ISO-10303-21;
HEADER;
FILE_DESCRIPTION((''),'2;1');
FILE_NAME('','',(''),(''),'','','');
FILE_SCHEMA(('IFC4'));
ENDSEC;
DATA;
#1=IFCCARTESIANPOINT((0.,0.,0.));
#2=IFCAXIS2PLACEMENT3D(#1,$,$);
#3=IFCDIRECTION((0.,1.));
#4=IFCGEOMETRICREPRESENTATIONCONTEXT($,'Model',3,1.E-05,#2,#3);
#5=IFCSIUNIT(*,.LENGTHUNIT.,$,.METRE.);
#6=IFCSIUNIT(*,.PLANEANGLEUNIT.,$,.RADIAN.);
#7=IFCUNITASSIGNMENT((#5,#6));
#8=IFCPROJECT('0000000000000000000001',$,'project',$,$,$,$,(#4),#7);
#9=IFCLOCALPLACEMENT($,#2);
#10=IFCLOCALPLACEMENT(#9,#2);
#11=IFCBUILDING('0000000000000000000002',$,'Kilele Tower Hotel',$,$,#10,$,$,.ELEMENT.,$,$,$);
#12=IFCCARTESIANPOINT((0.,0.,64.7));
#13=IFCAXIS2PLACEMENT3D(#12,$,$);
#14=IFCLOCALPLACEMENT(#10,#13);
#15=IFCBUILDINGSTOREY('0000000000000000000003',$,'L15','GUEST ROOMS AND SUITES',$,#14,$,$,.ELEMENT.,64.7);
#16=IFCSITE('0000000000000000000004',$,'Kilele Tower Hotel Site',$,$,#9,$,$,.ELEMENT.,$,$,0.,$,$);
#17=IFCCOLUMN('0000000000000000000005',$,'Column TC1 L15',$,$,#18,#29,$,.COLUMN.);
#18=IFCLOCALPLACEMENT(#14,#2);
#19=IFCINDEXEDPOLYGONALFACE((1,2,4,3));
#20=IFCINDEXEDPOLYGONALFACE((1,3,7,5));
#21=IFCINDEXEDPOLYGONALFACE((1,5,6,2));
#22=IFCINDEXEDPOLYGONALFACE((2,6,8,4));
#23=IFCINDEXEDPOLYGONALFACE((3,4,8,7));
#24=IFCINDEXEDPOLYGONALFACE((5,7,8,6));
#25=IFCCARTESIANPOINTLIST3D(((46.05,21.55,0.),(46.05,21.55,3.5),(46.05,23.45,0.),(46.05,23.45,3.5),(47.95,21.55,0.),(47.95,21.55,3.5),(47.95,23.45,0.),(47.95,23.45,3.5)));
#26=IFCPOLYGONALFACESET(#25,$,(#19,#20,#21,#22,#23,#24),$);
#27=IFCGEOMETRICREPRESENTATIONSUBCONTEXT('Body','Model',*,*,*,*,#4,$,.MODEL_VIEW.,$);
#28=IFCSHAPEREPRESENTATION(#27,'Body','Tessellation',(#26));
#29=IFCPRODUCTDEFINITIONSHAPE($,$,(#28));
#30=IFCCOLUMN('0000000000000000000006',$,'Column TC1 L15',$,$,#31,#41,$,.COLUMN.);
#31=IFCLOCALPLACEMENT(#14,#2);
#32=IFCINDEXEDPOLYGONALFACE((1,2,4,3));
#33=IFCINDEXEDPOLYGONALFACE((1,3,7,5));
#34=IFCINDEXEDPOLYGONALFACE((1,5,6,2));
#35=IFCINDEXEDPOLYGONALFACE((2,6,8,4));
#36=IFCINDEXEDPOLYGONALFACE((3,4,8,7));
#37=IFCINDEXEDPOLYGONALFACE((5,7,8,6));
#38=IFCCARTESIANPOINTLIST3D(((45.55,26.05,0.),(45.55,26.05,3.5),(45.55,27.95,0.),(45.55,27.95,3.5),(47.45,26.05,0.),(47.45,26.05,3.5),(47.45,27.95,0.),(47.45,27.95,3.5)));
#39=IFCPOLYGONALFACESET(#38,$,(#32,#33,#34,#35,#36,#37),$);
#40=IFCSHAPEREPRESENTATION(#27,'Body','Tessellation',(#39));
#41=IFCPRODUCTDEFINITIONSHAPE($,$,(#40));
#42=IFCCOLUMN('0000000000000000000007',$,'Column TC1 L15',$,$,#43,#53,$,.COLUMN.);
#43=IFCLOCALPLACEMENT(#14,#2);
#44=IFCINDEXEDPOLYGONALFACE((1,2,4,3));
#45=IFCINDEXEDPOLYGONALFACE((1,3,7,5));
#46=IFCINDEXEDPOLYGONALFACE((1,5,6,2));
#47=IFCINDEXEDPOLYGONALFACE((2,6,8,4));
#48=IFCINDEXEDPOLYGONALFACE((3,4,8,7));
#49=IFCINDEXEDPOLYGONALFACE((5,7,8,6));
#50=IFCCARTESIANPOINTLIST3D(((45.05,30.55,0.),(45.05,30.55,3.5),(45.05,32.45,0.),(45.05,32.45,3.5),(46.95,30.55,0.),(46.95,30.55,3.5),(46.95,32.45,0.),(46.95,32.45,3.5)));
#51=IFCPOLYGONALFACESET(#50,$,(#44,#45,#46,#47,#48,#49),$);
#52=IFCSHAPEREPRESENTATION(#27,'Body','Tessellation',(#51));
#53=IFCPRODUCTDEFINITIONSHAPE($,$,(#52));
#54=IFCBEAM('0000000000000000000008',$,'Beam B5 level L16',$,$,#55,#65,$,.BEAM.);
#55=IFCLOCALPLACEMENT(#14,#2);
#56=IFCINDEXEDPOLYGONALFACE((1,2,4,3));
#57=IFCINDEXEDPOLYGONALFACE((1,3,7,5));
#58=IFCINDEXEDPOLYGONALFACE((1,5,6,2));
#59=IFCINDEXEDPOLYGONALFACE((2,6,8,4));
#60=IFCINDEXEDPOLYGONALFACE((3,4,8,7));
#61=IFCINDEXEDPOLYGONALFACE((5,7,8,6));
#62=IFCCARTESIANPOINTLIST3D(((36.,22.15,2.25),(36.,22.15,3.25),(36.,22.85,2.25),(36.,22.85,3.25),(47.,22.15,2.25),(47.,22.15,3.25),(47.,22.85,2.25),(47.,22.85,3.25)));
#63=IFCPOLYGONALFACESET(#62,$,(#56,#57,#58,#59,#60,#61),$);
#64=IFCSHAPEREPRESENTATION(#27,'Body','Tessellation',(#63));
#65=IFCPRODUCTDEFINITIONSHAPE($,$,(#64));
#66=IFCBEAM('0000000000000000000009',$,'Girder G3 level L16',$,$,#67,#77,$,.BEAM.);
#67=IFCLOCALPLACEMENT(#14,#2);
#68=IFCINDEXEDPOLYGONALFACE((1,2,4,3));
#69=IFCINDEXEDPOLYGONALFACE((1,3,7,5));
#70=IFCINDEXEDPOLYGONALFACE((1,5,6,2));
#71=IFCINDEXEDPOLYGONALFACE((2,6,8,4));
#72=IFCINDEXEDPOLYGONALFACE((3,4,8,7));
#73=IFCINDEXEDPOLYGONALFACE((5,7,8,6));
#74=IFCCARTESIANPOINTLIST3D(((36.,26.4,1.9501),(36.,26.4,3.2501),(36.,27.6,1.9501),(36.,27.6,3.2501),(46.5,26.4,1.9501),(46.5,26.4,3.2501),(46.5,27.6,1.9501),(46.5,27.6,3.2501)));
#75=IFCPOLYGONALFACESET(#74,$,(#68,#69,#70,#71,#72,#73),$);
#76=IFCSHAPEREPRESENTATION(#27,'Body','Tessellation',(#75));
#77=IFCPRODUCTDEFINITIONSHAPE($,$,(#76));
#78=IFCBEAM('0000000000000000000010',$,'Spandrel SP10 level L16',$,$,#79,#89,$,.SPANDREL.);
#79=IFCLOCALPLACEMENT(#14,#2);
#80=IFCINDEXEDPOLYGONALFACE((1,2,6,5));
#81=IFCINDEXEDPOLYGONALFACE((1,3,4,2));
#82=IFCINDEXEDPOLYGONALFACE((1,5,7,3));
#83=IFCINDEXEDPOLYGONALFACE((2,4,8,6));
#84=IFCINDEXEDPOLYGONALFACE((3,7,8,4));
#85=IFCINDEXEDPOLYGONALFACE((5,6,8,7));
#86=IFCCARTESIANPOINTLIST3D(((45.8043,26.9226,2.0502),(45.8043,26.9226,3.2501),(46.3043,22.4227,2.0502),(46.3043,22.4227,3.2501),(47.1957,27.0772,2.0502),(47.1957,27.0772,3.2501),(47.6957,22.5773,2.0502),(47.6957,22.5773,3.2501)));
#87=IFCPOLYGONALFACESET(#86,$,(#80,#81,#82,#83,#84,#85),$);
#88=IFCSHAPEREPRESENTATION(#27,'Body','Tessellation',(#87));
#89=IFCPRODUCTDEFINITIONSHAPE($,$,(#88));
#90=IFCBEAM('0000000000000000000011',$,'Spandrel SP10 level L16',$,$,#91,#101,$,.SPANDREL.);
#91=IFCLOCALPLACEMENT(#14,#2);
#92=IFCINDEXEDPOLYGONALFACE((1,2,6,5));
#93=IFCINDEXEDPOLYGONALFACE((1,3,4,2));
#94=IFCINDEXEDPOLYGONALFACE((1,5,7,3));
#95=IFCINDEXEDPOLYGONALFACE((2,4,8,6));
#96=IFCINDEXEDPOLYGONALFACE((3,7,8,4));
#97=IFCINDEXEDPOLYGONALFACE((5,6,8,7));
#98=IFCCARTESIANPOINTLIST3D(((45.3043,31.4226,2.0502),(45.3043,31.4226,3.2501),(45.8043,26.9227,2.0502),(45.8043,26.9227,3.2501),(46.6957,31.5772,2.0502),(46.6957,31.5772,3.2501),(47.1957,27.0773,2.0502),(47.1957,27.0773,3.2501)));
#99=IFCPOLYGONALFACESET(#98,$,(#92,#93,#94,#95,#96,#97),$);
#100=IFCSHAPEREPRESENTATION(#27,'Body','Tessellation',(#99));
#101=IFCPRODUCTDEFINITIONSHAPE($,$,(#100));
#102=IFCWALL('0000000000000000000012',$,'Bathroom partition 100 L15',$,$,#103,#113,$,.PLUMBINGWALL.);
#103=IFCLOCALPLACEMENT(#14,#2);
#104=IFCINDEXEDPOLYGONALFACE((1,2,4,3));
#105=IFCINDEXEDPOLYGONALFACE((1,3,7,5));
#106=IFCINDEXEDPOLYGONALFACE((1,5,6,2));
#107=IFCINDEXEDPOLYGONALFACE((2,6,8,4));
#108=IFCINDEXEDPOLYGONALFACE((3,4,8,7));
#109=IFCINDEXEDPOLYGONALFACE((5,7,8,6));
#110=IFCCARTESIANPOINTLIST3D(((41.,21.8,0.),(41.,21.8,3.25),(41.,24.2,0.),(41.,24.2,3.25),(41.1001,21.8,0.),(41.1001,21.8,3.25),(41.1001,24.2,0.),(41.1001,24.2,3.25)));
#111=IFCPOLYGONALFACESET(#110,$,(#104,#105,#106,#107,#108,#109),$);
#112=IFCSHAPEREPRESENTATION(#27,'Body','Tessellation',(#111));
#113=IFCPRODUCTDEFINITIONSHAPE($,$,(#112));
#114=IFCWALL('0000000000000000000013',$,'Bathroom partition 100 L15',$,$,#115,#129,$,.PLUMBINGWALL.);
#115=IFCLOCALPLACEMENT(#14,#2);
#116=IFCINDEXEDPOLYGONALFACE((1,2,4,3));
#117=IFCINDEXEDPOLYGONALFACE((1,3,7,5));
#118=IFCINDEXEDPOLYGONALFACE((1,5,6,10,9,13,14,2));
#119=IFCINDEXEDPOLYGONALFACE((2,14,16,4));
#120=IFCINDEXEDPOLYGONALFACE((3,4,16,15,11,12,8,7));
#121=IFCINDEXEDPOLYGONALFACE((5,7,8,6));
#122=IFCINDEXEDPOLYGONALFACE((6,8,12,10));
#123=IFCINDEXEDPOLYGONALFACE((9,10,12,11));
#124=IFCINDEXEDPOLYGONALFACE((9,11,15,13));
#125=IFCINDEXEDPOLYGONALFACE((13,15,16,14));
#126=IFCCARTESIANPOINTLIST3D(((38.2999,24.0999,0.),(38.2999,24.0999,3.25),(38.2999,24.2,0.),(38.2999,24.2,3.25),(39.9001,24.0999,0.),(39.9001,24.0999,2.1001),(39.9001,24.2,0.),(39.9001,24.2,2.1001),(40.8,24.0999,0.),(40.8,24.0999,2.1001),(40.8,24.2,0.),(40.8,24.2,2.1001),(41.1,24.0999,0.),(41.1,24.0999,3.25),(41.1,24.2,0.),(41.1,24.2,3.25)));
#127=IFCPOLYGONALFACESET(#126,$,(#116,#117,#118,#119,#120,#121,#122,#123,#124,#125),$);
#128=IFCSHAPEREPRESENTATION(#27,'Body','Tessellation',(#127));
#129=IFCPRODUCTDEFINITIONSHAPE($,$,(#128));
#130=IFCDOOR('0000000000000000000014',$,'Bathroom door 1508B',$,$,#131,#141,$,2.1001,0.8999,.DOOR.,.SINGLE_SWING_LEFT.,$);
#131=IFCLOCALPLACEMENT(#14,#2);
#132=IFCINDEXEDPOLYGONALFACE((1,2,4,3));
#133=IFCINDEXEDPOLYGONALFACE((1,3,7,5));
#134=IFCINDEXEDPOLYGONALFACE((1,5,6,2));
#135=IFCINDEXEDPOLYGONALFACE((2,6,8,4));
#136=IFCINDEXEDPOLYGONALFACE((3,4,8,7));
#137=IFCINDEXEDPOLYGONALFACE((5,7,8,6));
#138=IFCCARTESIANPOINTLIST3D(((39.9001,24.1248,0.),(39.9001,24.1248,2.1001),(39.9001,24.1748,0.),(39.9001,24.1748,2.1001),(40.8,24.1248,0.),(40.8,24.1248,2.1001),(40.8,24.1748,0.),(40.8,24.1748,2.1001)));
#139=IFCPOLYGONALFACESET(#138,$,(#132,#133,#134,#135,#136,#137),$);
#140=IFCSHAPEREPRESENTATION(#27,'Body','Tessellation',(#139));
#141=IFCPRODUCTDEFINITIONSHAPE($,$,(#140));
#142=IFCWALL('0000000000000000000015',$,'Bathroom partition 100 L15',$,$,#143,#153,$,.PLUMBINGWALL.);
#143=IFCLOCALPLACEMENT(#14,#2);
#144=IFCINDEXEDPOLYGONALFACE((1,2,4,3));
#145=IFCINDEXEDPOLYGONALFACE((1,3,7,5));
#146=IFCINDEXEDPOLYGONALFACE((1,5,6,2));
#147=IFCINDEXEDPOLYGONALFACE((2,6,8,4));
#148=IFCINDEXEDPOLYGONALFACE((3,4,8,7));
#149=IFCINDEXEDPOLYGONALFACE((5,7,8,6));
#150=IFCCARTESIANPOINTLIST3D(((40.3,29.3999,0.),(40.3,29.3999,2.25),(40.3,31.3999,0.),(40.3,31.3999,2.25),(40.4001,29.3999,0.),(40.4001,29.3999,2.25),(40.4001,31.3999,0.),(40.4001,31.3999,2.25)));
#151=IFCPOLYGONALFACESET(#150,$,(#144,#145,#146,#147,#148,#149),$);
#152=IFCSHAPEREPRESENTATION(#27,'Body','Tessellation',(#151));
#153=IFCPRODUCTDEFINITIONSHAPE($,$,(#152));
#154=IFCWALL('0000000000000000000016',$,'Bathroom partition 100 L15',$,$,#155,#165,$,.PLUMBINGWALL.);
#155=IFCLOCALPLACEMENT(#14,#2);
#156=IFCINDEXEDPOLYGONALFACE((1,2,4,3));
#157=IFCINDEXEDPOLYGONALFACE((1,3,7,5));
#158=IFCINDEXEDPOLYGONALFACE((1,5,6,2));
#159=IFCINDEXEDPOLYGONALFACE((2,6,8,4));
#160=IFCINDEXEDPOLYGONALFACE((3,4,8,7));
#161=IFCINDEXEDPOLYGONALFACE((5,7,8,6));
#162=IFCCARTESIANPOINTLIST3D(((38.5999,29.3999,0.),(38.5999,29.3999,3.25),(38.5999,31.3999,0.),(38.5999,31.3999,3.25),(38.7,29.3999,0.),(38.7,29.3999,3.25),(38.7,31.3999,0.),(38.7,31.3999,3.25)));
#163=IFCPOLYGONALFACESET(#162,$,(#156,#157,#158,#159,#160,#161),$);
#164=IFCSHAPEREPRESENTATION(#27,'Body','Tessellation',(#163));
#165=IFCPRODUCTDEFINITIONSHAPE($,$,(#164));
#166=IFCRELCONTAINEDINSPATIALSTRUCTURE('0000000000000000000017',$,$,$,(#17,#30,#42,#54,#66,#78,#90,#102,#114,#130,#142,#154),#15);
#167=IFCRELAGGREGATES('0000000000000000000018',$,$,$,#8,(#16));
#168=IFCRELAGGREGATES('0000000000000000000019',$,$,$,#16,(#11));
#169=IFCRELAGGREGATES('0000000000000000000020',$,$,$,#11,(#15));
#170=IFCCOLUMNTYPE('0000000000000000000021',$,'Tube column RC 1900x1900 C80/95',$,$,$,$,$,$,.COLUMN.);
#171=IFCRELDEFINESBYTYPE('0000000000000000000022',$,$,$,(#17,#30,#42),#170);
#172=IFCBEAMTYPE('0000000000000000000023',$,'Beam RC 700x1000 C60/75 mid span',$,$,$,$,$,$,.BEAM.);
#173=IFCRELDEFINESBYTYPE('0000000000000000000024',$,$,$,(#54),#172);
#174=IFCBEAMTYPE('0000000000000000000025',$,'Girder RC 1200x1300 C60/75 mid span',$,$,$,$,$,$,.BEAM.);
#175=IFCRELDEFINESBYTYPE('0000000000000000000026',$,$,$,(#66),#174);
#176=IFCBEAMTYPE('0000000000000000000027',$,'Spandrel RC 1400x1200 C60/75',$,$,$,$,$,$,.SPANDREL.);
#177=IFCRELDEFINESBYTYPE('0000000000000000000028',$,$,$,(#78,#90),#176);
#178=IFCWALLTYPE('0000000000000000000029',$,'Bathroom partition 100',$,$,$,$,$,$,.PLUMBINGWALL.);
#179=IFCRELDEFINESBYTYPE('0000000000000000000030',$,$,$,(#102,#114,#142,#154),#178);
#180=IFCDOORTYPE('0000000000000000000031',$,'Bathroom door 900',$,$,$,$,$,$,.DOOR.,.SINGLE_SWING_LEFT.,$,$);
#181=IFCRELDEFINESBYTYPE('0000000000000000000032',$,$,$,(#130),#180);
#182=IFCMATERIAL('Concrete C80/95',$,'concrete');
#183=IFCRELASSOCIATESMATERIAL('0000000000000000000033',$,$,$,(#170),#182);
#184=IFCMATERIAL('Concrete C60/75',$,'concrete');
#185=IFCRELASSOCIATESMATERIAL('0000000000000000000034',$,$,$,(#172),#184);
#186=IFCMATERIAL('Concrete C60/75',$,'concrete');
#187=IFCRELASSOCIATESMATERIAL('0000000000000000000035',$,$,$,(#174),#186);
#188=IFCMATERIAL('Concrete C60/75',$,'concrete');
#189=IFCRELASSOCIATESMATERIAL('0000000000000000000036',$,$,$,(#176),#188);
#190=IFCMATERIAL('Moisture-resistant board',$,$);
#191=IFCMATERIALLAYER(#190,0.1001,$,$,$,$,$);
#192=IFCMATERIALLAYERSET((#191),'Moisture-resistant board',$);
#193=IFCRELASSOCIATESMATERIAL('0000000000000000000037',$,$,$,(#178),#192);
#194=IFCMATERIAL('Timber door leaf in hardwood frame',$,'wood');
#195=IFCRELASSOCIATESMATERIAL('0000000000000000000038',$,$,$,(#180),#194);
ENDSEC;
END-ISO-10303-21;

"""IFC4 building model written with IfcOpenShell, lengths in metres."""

from ifc_helpers import new_model, si_unit, direction, frame, frame_2d, origin, origin_2d, place, context, subcontext, project, spatial, rectangle, extrude, material, layer, layer_set, material_profile, profile_set, type_object, element, fill, save


model = new_model("IFC4")

# Units and contexts
model_context = context("Model", 3, precision=1e-05, world=origin(), true_north=direction((0.0, 1.0)))
body_context = subcontext(model_context, "Body", "Model", "MODEL_VIEW")
ifc_project = project(units=[si_unit("LENGTHUNIT", "METRE"), si_unit("PLANEANGLEUNIT", "RADIAN")], contexts=[model_context])

# Site, building, storey
site_placement = place(None, origin())
site = spatial("IfcSite", under=ifc_project, at=site_placement, Name="Kilele Tower Hotel Site", CompositionType="ELEMENT", RefElevation=0.0)
building_placement = place(site_placement, origin())
building = spatial("IfcBuilding", under=site, at=building_placement, Name="Kilele Tower Hotel", CompositionType="ELEMENT")
storey_placement = place(building_placement, frame((0.0, 0.0, 64.7)))
storey = spatial("IfcBuildingStorey", under=building, at=storey_placement, Name="L15", Description="GUEST ROOMS AND SUITES", CompositionType="ELEMENT", Elevation=64.7)

# Columns
ifc_material_1 = material(Name="Concrete C80/95", Category="concrete")
ifc_material_profile_1 = material_profile(ifc_material_1, rectangle(XDim=1.8999, YDim=1.8999, at=origin_2d()))
ifc_profile_set_1 = profile_set([ifc_material_profile_1], Name="Concrete C80/95")
column_type = type_object("IfcColumnType", Name="Tube column RC 1900x1900 C80/95", PredefinedType="COLUMN", material=ifc_profile_set_1)
for number, where, z_axis, x_axis, name in (
    (1, (47.0, 22.5, 0.0), (0.0, 0.0, 1.0), (1.0, 0.0, 0.0), "Column TC1 L15"),
    (2, (46.5, 27.0, 0.0), (0.0, 0.0, 1.0), (1.0, 0.0, 0.0), "Column TC1 L15"),
    (3, (46.0, 31.5, 0.0), (0.0, 0.0, 1.0), (1.0, 0.0, 0.0), "Column TC1 L15"),
):
    element("IfcColumn", number, at=place(storey_placement, frame(where, z_axis=z_axis, x_axis=x_axis)), inside=storey, type_object=column_type, Name=name, PredefinedType="COLUMN", context=body_context, shape_type="SweptSolid", body=[
        extrude(rectangle(XDim=1.8999, YDim=1.8999, at=origin_2d()), origin(), (0.0, 0.0, 1.0), 3.5),
    ])

# Beams
ifc_material_2 = material(Name="Concrete C60/75", Category="concrete")
ifc_material_profile_2 = material_profile(ifc_material_2, rectangle(XDim=0.7, YDim=1.0, at=origin_2d()))
ifc_profile_set_2 = profile_set([ifc_material_profile_2], Name="Concrete C60/75")
beam_type_1 = type_object("IfcBeamType", Name="Beam RC 700x1000 C60/75 mid span", PredefinedType="BEAM", material=ifc_profile_set_2)
beam_1_placement = place(storey_placement, frame((47.0, 22.5, 2.75), z_axis=(-1.0, 0.0, 0.0), x_axis=(0.0, -1.0, 0.0)))
element("IfcBeam", 4, at=beam_1_placement, inside=storey, type_object=beam_type_1, Name="Beam B5 level L16", PredefinedType="BEAM", context=body_context, shape_type="SweptSolid", body=[
    extrude(rectangle(XDim=0.7, YDim=1.0, at=origin_2d()), origin(), (0.0, 0.0, 1.0), 11.0),
])
ifc_material_3 = material(Name="Concrete C60/75", Category="concrete")
ifc_material_profile_3 = material_profile(ifc_material_3, rectangle(XDim=1.2, YDim=1.3, at=origin_2d()))
ifc_profile_set_3 = profile_set([ifc_material_profile_3], Name="Concrete C60/75")
beam_type_2 = type_object("IfcBeamType", Name="Girder RC 1200x1300 C60/75 mid span", PredefinedType="BEAM", material=ifc_profile_set_3)
beam_2_placement = place(storey_placement, frame((46.5, 27.0, 2.6001), z_axis=(-1.0, 0.0, 0.0), x_axis=(0.0, -1.0, 0.0)))
element("IfcBeam", 5, at=beam_2_placement, inside=storey, type_object=beam_type_2, Name="Girder G3 level L16", PredefinedType="BEAM", context=body_context, shape_type="SweptSolid", body=[
    extrude(rectangle(XDim=1.2, YDim=1.3, at=origin_2d()), origin(), (0.0, 0.0, 1.0), 10.5),
])
ifc_material_4 = material(Name="Concrete C60/75", Category="concrete")
ifc_material_profile_4 = material_profile(ifc_material_4, rectangle(XDim=1.3999, YDim=1.2, at=origin_2d()))
ifc_profile_set_4 = profile_set([ifc_material_profile_4], Name="Concrete C60/75")
beam_type_3 = type_object("IfcBeamType", Name="Spandrel RC 1400x1200 C60/75", PredefinedType="SPANDREL", material=ifc_profile_set_4)
for number, where, z_axis, x_axis, name in (
    (6, (47.0, 22.5, 2.6501), (-0.110432, 0.993884, 0.0), (-0.993884, -0.110432, 0.0), "Spandrel SP10 level L16"),
    (7, (46.5, 27.0, 2.6501), (-0.110432, 0.993884, 0.0), (-0.993884, -0.110432, 0.0), "Spandrel SP10 level L16"),
):
    element("IfcBeam", number, at=place(storey_placement, frame(where, z_axis=z_axis, x_axis=x_axis)), inside=storey, type_object=beam_type_3, Name=name, PredefinedType="SPANDREL", context=body_context, shape_type="SweptSolid", body=[
        extrude(rectangle(XDim=1.3999, YDim=1.2, at=origin_2d()), origin(), (0.0, 0.0, 1.0), 4.5276),
    ])

# Wall
ifc_material_5 = material(Name="Moisture-resistant board")
ifc_layer_1 = layer(ifc_material_5, 0.1001)
ifc_layer_set_1 = layer_set([ifc_layer_1], Name="Moisture-resistant board")
wall_type_1 = type_object("IfcWallType", Name="Bathroom partition 100", PredefinedType="PLUMBINGWALL", material=ifc_layer_set_1)
wall_1_placement = place(storey_placement, frame((41.05, 21.8, 0.0), z_axis=(0.0, 0.0, 1.0), x_axis=(0.0, 1.0, 0.0)))
element("IfcWall", 8, at=wall_1_placement, inside=storey, type_object=wall_type_1, Name="Bathroom partition 100 L15", PredefinedType="PLUMBINGWALL", context=body_context, shape_type="SweptSolid", body=[
    extrude(rectangle(XDim=2.3999, YDim=0.1001, at=frame_2d((1.2, 0.0))), origin(), (0.0, 0.0, 1.0), 3.25),
])

# Wall, opening, door
wall_2_placement = place(storey_placement, frame((38.3, 24.1499, 0.0), z_axis=(0.0, 0.0, 1.0), x_axis=(1.0, 0.0, 0.0)))
wall_2 = element("IfcWall", 9, at=wall_2_placement, inside=storey, type_object=wall_type_1, Name="Bathroom partition 100 L15", PredefinedType="PLUMBINGWALL", context=body_context, shape_type="SweptSolid", body=[
    extrude(rectangle(XDim=2.8, YDim=0.1001, at=frame_2d((1.3999, 0.0))), origin(), (0.0, 0.0, 1.0), 3.25),
])
opening_1_placement = place(wall_2_placement, frame((1.6001, 0.0, 0.0)))
opening_1 = element("IfcOpeningElement", 10, at=opening_1_placement, cuts=wall_2, PredefinedType="OPENING", context=body_context, shape_type="SweptSolid", body=[
    extrude(rectangle(XDim=0.8999, YDim=2.1001, at=frame_2d((0.45, 1.05))), frame((0.0, 0.0601, 0.0), z_axis=(0.0, -1.0, 0.0), x_axis=(1.0, 0.0, 0.0)), (0.0, 0.0, 1.0), 0.1201),
])
ifc_material_6 = material(Name="Timber door leaf in hardwood frame", Category="wood")
door_type_1 = type_object("IfcDoorType", Name="Bathroom door 900", OperationType="SINGLE_SWING_LEFT", PredefinedType="DOOR", material=ifc_material_6)
door_1_placement = place(opening_1_placement, origin())
door_1 = element("IfcDoor", 11, at=door_1_placement, inside=storey, type_object=door_type_1, Name="Bathroom door 1508B", OperationType="SINGLE_SWING_LEFT", OverallHeight=2.1001, OverallWidth=0.8999, PredefinedType="DOOR", context=body_context, shape_type="SweptSolid", body=[
    extrude(rectangle(XDim=0.8999, YDim=2.1001, at=frame_2d((0.45, 1.05))), frame((0.0, 0.0249, 0.0), z_axis=(0.0, -1.0, 0.0), x_axis=(1.0, 0.0, 0.0)), (0.0, 0.0, 1.0), 0.05),
])
fill(opening_1, door_1)

# Walls
wall_3_placement = place(storey_placement, frame((40.3501, 31.3999, 0.0), z_axis=(0.0, 0.0, 1.0), x_axis=(0.0, -1.0, 0.0)))
element("IfcWall", 12, at=wall_3_placement, inside=storey, type_object=wall_type_1, Name="Bathroom partition 100 L15", PredefinedType="PLUMBINGWALL", context=body_context, shape_type="SweptSolid", body=[
    extrude(rectangle(XDim=2.0, YDim=0.1001, at=frame_2d((1.0, 0.0))), origin(), (0.0, 0.0, 1.0), 2.25),
])
wall_4_placement = place(storey_placement, frame((38.6499, 31.3999, 0.0), z_axis=(0.0, 0.0, 1.0), x_axis=(0.0, -1.0, 0.0)))
element("IfcWall", 13, at=wall_4_placement, inside=storey, type_object=wall_type_1, Name="Bathroom partition 100 L15", PredefinedType="PLUMBINGWALL", context=body_context, shape_type="SweptSolid", body=[
    extrude(rectangle(XDim=2.0, YDim=0.1001, at=frame_2d((1.0, 0.0))), origin(), (0.0, 0.0, 1.0), 3.25),
])

save(model, "model.ifc")
